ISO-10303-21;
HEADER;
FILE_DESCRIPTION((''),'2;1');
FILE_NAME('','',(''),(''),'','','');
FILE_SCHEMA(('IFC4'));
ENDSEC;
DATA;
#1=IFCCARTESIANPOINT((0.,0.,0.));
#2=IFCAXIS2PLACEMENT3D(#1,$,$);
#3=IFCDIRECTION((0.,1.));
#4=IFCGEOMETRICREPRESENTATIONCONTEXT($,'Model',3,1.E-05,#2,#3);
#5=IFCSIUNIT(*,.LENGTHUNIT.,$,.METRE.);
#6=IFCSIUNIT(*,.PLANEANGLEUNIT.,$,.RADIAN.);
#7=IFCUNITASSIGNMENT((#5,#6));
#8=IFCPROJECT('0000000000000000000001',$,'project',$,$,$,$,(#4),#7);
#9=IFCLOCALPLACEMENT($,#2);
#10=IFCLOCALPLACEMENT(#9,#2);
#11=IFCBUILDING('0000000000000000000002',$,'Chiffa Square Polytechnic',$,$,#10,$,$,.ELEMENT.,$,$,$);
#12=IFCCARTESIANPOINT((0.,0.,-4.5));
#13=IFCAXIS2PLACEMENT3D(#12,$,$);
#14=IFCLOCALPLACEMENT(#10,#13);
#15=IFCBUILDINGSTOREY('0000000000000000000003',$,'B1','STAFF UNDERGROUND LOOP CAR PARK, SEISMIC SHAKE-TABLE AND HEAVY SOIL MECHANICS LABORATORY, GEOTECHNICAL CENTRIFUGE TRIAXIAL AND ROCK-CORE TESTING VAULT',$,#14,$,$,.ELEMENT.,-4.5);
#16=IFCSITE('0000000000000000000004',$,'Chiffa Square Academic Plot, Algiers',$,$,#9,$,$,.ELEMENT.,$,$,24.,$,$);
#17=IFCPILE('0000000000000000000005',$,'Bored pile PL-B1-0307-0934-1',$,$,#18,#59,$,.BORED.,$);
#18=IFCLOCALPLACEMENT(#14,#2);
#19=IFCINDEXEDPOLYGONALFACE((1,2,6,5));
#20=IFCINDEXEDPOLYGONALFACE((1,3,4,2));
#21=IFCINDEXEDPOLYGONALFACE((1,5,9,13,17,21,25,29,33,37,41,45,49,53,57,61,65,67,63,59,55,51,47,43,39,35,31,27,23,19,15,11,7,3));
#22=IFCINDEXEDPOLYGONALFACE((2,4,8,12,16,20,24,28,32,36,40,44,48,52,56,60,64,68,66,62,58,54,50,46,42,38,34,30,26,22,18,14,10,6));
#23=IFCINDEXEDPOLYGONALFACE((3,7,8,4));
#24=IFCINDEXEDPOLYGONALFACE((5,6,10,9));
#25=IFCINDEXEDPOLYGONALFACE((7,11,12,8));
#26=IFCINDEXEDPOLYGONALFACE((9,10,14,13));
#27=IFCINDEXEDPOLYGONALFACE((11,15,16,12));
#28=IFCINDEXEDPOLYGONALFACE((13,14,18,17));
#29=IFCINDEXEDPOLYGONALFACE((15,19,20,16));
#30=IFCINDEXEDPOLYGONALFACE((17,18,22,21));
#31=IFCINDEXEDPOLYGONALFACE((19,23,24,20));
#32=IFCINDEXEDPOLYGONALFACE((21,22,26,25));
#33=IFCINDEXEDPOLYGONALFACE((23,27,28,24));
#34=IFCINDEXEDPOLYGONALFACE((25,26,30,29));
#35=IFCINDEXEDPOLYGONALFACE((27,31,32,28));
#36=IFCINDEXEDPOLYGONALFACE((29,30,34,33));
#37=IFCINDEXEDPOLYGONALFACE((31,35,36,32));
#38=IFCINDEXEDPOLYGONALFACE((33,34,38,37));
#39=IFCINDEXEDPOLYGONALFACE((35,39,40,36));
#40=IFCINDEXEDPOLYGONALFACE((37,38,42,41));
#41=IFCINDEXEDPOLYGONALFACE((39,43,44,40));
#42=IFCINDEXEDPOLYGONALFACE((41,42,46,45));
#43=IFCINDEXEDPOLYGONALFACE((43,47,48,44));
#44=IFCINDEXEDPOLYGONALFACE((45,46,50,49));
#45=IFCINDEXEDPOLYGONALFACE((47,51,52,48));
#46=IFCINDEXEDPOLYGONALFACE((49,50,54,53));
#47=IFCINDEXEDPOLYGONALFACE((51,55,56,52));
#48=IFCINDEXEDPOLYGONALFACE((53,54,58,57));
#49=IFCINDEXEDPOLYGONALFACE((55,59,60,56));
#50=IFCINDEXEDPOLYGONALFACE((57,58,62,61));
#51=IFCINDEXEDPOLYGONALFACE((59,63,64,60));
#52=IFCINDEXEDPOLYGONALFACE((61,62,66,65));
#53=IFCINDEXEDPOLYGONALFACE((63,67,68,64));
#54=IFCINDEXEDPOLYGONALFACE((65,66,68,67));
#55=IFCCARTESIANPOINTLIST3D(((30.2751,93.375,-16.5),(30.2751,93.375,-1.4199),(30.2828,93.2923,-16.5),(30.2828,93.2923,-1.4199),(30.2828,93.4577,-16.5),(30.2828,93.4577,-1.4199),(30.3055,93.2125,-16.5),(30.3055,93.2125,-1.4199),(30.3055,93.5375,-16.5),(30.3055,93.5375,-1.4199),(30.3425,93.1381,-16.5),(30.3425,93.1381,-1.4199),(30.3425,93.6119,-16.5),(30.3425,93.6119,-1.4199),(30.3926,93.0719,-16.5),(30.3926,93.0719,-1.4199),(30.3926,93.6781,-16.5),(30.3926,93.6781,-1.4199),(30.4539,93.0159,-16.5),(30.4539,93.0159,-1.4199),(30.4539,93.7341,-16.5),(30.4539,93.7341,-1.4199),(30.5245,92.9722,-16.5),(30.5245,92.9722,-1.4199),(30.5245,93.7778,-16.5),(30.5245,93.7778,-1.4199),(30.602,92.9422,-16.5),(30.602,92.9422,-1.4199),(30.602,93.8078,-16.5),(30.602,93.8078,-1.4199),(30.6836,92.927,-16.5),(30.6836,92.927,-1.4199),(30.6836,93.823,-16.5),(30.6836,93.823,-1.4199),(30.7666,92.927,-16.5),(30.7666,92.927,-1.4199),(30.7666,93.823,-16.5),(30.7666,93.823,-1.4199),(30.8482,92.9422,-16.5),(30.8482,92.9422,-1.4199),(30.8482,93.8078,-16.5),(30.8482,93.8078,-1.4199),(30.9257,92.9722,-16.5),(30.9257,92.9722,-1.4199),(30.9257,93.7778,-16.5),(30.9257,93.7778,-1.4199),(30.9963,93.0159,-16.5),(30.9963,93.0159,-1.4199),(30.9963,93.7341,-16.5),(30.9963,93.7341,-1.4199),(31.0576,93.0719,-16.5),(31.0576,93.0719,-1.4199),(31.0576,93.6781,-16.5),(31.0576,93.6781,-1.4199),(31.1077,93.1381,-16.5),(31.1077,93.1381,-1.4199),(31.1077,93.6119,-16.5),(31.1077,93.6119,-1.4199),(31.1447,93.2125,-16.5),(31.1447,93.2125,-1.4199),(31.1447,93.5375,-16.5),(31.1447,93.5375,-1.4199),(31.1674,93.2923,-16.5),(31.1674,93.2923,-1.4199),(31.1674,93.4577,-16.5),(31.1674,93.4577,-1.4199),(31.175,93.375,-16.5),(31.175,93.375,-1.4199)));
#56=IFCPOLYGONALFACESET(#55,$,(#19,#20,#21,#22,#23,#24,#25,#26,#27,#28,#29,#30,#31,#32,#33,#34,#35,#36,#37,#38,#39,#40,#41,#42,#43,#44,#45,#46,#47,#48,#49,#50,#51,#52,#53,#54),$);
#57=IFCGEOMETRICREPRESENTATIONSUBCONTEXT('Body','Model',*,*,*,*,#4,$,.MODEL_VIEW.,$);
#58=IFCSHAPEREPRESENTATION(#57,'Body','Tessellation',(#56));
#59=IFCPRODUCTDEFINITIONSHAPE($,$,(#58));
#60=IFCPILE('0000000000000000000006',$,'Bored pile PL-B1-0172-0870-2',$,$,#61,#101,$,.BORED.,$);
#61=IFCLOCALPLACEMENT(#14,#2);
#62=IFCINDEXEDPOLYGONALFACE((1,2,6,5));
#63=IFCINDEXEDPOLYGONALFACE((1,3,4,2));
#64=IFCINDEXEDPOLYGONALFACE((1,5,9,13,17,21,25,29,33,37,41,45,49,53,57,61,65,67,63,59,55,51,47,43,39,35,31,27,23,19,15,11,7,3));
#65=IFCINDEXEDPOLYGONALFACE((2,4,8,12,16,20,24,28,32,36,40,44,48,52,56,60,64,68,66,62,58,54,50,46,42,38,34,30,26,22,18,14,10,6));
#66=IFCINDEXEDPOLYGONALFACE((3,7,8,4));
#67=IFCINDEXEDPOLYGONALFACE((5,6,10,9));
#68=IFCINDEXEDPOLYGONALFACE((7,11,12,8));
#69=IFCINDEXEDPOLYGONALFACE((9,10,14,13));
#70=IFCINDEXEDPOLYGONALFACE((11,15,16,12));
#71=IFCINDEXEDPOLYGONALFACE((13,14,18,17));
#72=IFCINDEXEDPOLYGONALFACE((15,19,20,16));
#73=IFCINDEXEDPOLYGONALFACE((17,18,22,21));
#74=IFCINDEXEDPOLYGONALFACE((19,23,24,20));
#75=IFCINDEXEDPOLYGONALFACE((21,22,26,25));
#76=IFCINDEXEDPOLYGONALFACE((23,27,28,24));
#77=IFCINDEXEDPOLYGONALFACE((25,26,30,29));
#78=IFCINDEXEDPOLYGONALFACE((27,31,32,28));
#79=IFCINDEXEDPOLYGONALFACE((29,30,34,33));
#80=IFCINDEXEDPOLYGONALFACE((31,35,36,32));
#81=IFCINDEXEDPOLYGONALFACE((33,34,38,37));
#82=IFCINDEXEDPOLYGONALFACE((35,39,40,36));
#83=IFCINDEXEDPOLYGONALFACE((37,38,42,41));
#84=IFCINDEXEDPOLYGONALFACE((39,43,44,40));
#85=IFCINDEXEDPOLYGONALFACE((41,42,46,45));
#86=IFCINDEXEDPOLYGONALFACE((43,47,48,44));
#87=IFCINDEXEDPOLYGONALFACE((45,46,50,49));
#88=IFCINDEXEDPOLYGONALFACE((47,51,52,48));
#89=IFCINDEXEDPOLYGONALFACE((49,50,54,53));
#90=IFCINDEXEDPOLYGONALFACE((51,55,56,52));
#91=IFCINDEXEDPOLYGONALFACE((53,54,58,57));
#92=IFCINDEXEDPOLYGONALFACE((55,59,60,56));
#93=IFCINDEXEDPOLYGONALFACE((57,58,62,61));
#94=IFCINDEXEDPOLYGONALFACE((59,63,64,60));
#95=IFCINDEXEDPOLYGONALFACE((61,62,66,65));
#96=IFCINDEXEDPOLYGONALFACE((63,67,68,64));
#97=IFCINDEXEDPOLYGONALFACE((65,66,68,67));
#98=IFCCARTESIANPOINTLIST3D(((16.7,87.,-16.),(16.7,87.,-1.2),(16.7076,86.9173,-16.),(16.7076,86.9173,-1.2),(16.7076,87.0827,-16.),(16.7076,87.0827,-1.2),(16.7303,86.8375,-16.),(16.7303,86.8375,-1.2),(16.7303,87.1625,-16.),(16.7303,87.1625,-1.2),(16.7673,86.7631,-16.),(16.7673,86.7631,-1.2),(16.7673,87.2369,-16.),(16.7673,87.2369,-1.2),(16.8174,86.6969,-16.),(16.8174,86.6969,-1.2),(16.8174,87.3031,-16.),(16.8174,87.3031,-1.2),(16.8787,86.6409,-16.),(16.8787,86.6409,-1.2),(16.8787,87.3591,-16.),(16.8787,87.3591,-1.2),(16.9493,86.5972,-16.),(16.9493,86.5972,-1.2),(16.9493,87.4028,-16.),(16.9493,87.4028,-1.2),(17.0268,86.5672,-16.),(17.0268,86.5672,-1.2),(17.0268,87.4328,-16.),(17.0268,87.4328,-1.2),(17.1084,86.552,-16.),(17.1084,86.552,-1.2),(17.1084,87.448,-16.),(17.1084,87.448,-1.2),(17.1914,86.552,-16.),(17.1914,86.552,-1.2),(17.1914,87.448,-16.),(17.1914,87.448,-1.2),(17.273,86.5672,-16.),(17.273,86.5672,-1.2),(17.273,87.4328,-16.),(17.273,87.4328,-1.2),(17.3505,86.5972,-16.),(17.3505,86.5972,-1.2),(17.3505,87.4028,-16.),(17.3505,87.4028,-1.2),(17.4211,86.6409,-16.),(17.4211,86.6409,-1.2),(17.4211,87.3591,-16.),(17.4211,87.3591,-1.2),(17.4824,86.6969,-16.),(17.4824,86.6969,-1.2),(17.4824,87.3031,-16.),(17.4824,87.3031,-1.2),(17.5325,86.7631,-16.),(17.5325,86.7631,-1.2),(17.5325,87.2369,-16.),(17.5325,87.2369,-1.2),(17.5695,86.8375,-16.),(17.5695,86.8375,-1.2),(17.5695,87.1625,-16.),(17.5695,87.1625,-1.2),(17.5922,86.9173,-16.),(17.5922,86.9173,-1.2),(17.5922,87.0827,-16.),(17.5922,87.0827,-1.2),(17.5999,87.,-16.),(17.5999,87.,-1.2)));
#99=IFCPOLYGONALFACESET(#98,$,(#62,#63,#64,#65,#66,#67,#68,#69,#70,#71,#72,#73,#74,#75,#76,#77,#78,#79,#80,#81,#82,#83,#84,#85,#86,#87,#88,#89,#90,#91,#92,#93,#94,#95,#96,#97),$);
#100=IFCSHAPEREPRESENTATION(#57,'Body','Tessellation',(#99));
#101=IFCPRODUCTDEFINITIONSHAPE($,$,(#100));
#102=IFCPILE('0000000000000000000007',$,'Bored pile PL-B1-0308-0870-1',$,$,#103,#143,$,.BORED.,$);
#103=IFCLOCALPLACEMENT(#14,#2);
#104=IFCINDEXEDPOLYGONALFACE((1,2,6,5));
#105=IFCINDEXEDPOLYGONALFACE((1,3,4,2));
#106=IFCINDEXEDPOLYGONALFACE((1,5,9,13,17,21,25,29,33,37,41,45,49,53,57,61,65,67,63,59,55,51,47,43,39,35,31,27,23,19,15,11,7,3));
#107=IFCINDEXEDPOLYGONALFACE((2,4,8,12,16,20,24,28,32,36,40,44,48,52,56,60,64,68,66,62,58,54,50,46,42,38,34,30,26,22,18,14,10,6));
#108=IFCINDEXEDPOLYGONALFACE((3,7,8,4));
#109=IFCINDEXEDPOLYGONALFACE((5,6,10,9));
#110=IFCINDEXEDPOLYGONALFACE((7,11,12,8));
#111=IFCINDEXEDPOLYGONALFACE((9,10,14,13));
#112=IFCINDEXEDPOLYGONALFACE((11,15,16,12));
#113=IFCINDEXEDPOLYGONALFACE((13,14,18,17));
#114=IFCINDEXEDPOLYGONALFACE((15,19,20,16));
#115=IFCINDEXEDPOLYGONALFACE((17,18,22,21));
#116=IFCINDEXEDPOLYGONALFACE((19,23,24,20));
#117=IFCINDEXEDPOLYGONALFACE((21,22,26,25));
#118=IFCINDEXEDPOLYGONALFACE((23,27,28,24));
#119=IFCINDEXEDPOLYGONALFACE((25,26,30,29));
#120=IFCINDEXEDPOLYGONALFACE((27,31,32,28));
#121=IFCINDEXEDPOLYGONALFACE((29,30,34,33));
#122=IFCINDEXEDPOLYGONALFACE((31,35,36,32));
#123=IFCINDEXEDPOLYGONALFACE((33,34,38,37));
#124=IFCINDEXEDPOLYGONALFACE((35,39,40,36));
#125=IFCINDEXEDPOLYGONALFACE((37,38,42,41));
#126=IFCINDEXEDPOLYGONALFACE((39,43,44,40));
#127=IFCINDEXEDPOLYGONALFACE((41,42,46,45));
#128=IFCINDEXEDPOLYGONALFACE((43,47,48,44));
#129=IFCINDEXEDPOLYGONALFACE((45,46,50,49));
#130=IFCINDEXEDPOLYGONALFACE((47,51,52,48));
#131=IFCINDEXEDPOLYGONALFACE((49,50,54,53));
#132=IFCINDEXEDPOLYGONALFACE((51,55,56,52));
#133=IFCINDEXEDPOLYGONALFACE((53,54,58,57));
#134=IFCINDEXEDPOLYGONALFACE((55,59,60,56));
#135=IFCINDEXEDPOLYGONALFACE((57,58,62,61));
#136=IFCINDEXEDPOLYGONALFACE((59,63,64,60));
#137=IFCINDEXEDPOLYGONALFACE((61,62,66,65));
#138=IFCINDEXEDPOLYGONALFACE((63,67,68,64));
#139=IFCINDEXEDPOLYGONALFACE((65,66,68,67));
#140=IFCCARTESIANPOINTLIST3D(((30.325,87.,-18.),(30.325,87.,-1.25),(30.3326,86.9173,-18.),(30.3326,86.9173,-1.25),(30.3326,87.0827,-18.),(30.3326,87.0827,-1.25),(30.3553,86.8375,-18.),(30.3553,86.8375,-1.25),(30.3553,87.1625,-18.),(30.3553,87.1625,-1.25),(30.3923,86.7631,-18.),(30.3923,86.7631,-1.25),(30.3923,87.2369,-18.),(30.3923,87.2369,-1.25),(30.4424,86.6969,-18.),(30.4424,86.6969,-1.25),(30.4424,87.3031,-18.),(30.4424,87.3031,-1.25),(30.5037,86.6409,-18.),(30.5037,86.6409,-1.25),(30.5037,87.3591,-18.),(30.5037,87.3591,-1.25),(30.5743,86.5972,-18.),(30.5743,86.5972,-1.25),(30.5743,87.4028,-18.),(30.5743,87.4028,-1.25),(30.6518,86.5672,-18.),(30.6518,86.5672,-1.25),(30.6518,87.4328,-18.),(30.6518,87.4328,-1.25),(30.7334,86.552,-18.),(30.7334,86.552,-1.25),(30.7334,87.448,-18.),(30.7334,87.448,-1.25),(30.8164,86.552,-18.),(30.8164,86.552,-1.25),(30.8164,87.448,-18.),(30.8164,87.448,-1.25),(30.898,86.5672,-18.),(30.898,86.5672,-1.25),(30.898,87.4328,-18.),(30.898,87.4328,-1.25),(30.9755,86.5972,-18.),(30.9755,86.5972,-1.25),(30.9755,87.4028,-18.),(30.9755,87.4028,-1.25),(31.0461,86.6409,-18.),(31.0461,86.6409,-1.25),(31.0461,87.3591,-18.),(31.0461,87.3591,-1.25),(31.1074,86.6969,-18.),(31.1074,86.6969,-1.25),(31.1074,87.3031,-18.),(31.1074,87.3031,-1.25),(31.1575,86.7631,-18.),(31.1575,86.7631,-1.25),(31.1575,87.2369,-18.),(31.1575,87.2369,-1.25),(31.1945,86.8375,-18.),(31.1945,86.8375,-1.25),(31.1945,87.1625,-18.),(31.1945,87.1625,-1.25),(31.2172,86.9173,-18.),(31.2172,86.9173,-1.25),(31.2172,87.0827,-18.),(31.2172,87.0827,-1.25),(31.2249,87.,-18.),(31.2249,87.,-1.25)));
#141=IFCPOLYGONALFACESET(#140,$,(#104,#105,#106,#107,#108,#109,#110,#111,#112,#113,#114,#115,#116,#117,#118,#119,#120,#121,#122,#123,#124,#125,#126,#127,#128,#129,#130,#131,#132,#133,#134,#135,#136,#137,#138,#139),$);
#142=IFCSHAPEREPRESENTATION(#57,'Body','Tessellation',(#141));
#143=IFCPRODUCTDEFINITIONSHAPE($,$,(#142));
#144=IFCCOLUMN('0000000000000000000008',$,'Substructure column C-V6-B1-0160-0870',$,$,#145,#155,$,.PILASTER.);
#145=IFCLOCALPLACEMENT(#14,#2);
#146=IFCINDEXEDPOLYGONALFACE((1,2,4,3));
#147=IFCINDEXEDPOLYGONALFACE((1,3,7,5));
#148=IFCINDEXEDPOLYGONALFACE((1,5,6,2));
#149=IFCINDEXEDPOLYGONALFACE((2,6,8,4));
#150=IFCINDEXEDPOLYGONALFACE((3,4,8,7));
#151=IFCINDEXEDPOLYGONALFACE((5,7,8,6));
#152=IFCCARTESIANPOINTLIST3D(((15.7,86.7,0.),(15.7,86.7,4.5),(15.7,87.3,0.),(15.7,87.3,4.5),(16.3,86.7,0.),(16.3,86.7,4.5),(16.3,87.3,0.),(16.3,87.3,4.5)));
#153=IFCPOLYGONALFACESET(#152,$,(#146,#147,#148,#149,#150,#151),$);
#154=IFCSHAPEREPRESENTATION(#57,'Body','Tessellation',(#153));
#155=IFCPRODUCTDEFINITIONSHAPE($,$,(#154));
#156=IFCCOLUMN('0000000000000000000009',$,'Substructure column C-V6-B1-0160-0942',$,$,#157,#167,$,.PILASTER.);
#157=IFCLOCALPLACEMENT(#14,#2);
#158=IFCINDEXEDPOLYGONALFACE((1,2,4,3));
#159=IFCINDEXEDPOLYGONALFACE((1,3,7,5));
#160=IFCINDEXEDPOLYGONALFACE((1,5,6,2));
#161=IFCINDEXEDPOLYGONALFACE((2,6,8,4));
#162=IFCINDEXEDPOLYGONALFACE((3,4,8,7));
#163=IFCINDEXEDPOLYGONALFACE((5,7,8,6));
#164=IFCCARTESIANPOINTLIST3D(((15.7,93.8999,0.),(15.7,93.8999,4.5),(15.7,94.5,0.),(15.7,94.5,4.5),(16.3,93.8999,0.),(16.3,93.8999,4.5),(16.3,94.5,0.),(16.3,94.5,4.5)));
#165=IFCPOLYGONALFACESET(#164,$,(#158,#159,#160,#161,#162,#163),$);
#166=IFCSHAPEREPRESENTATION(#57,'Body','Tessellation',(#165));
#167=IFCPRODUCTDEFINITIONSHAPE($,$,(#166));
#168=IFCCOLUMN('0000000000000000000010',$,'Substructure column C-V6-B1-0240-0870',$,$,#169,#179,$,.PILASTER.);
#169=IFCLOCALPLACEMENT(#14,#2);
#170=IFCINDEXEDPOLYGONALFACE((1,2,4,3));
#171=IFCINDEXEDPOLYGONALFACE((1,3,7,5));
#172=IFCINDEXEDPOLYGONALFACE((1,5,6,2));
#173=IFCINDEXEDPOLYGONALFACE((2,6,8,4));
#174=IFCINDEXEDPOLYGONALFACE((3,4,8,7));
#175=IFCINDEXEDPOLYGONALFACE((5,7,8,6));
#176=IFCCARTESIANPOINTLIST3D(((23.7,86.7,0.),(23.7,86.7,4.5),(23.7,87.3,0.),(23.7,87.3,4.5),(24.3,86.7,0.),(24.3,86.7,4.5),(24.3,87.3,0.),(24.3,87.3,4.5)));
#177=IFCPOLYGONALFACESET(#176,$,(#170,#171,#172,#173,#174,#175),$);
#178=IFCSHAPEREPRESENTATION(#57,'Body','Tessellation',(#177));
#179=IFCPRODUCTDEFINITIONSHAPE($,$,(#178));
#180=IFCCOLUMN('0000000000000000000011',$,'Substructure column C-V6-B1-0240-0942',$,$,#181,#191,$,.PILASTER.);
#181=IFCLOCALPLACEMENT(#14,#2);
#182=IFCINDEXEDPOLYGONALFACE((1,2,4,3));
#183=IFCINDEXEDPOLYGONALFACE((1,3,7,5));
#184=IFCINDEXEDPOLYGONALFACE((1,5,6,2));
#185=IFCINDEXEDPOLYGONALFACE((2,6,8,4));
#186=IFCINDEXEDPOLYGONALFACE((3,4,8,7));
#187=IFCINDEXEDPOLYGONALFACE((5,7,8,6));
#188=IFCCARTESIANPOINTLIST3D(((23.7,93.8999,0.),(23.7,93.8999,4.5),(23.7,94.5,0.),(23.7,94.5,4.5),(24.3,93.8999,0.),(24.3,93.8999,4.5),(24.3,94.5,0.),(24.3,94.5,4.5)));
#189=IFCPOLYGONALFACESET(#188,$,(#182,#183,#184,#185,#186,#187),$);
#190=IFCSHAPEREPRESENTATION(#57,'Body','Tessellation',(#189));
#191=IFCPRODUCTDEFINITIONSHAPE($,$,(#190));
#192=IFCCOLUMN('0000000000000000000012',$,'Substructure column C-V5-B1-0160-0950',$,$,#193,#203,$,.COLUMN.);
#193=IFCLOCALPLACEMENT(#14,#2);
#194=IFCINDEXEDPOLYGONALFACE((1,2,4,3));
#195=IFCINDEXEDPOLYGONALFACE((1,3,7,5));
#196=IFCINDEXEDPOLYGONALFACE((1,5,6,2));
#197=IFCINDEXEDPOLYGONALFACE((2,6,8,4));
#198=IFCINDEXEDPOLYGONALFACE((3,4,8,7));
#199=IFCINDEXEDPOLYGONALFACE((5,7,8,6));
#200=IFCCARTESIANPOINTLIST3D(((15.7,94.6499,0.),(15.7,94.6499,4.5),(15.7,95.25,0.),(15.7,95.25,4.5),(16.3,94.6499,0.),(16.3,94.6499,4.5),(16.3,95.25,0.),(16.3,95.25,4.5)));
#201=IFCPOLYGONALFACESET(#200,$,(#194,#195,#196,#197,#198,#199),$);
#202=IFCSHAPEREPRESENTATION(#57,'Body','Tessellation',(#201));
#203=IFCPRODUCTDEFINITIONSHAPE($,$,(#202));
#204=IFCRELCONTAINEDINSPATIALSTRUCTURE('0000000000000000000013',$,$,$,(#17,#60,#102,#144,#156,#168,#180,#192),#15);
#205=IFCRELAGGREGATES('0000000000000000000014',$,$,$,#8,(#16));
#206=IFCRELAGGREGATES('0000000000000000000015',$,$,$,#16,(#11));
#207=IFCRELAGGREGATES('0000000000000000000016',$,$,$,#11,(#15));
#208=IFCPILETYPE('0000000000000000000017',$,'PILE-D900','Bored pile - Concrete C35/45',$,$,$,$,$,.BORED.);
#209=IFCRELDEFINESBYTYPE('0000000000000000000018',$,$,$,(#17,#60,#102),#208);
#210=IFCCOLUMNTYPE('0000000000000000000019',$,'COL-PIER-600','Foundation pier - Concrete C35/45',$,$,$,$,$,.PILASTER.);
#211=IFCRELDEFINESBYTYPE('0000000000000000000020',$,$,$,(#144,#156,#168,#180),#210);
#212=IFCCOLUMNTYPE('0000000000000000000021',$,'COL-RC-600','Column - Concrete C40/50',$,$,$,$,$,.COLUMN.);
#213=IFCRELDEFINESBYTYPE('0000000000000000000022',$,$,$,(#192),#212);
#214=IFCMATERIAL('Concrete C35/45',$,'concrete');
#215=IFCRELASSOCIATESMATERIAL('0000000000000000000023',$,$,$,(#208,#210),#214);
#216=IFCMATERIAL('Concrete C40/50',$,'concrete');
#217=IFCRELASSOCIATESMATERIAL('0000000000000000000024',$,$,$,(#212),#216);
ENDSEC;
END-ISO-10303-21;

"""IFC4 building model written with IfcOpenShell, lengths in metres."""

from ifc_helpers import new_model, si_unit, direction, frame, origin, origin_2d, place, context, subcontext, project, spatial, rectangle, circle, extrude, material, material_profile, profile_set, type_object, element, save


model = new_model("IFC4")

# Units and contexts
model_context = context("Model", 3, precision=1e-05, world=origin(), true_north=direction((0.0, 1.0)))
body_context = subcontext(model_context, "Body", "Model", "MODEL_VIEW")
ifc_project = project(units=[si_unit("LENGTHUNIT", "METRE"), si_unit("PLANEANGLEUNIT", "RADIAN")], contexts=[model_context])

# Site, building, storey
site_placement = place(None, origin())
site = spatial("IfcSite", under=ifc_project, at=site_placement, Name="Chiffa Square Academic Plot, Algiers", CompositionType="ELEMENT", RefElevation=24.0)
building_placement = place(site_placement, origin())
building = spatial("IfcBuilding", under=site, at=building_placement, Name="Chiffa Square Polytechnic", CompositionType="ELEMENT")
storey_placement = place(building_placement, frame((0.0, 0.0, -4.5)))
storey = spatial("IfcBuildingStorey", under=building, at=storey_placement, Name="B1", Description="STAFF UNDERGROUND LOOP CAR PARK, SEISMIC SHAKE-TABLE AND HEAVY SOIL MECHANICS LABORATORY, GEOTECHNICAL CENTRIFUGE TRIAXIAL AND ROCK-CORE TESTING VAULT", CompositionType="ELEMENT", Elevation=-4.5)

# Shared definitions
ifc_material_1 = material(Name="Concrete C35/45", Category="concrete")

# Piles
ifc_material_profile_1 = material_profile(ifc_material_1, circle(Radius=0.45, at=origin_2d()), Name="PILE D900")
ifc_profile_set_1 = profile_set([ifc_material_profile_1], Name="Concrete C35/45")
pile_type_1 = type_object("IfcPileType", Name="PILE-D900", Description="Bored pile - Concrete C35/45", PredefinedType="BORED", material=ifc_profile_set_1)
pile_1_placement = place(storey_placement, frame((30.7251, 93.375, -1.4199), z_axis=(0.0, 0.0, -1.0), x_axis=(1.0, 0.0, 0.0)))
element("IfcPile", 1, at=pile_1_placement, inside=storey, type_object=pile_type_1, Name="Bored pile PL-B1-0307-0934-1", PredefinedType="BORED", context=body_context, shape_type="SweptSolid", body=[
    extrude(circle(Radius=0.45, at=origin_2d()), origin(), (0.0, 0.0, 1.0), 15.0801),
])
pile_2_placement = place(storey_placement, frame((17.1499, 87.0, -1.2), z_axis=(0.0, 0.0, -1.0), x_axis=(1.0, 0.0, 0.0)))
element("IfcPile", 2, at=pile_2_placement, inside=storey, type_object=pile_type_1, Name="Bored pile PL-B1-0172-0870-2", PredefinedType="BORED", context=body_context, shape_type="SweptSolid", body=[
    extrude(circle(Radius=0.45, at=origin_2d()), origin(), (0.0, 0.0, 1.0), 14.8),
])
pile_3_placement = place(storey_placement, frame((30.7749, 87.0, -1.25), z_axis=(0.0, 0.0, -1.0), x_axis=(1.0, 0.0, 0.0)))
element("IfcPile", 3, at=pile_3_placement, inside=storey, type_object=pile_type_1, Name="Bored pile PL-B1-0308-0870-1", PredefinedType="BORED", context=body_context, shape_type="SweptSolid", body=[
    extrude(circle(Radius=0.45, at=origin_2d()), origin(), (0.0, 0.0, 1.0), 16.75),
])

# Columns
ifc_material_profile_2 = material_profile(ifc_material_1, rectangle(XDim=0.6001, YDim=0.6001, at=origin_2d()), Name="RC 600x600")
ifc_profile_set_2 = profile_set([ifc_material_profile_2], Name="Concrete C35/45")
column_type_1 = type_object("IfcColumnType", Name="COL-PIER-600", Description="Foundation pier - Concrete C35/45", PredefinedType="PILASTER", material=ifc_profile_set_2)
for number, where, z_axis, x_axis, name in (
    (4, (16.0, 87.0, 0.0), (0.0, 0.0, 1.0), (1.0, 0.0, 0.0), "Substructure column C-V6-B1-0160-0870"),
    (5, (16.0, 94.2, 0.0), (0.0, 0.0, 1.0), (1.0, 0.0, 0.0), "Substructure column C-V6-B1-0160-0942"),
    (6, (24.0, 87.0, 0.0), (0.0, 0.0, 1.0), (1.0, 0.0, 0.0), "Substructure column C-V6-B1-0240-0870"),
    (7, (24.0, 94.2, 0.0), (0.0, 0.0, 1.0), (1.0, 0.0, 0.0), "Substructure column C-V6-B1-0240-0942"),
):
    element("IfcColumn", number, at=place(storey_placement, frame(where, z_axis=z_axis, x_axis=x_axis)), inside=storey, type_object=column_type_1, Name=name, PredefinedType="PILASTER", context=body_context, shape_type="SweptSolid", body=[
        extrude(rectangle(XDim=0.6001, YDim=0.6001, at=origin_2d()), origin(), (0.0, 0.0, 1.0), 4.5),
    ])
ifc_material_2 = material(Name="Concrete C40/50", Category="concrete")
ifc_material_profile_3 = material_profile(ifc_material_2, rectangle(XDim=0.6001, YDim=0.6001, at=origin_2d()), Name="RC 600x600")
ifc_profile_set_3 = profile_set([ifc_material_profile_3], Name="Concrete C40/50")
column_type_2 = type_object("IfcColumnType", Name="COL-RC-600", Description="Column - Concrete C40/50", PredefinedType="COLUMN", material=ifc_profile_set_3)
for number, where, z_axis, x_axis, name in (
    (8, (16.0, 94.95, 0.0), (0.0, 0.0, 1.0), (1.0, 0.0, 0.0), "Substructure column C-V5-B1-0160-0950"),
):
    element("IfcColumn", number, at=place(storey_placement, frame(where, z_axis=z_axis, x_axis=x_axis)), inside=storey, type_object=column_type_2, Name=name, PredefinedType="COLUMN", context=body_context, shape_type="SweptSolid", body=[
        extrude(rectangle(XDim=0.6001, YDim=0.6001, at=origin_2d()), origin(), (0.0, 0.0, 1.0), 4.5),
    ])

save(model, "model.ifc")
